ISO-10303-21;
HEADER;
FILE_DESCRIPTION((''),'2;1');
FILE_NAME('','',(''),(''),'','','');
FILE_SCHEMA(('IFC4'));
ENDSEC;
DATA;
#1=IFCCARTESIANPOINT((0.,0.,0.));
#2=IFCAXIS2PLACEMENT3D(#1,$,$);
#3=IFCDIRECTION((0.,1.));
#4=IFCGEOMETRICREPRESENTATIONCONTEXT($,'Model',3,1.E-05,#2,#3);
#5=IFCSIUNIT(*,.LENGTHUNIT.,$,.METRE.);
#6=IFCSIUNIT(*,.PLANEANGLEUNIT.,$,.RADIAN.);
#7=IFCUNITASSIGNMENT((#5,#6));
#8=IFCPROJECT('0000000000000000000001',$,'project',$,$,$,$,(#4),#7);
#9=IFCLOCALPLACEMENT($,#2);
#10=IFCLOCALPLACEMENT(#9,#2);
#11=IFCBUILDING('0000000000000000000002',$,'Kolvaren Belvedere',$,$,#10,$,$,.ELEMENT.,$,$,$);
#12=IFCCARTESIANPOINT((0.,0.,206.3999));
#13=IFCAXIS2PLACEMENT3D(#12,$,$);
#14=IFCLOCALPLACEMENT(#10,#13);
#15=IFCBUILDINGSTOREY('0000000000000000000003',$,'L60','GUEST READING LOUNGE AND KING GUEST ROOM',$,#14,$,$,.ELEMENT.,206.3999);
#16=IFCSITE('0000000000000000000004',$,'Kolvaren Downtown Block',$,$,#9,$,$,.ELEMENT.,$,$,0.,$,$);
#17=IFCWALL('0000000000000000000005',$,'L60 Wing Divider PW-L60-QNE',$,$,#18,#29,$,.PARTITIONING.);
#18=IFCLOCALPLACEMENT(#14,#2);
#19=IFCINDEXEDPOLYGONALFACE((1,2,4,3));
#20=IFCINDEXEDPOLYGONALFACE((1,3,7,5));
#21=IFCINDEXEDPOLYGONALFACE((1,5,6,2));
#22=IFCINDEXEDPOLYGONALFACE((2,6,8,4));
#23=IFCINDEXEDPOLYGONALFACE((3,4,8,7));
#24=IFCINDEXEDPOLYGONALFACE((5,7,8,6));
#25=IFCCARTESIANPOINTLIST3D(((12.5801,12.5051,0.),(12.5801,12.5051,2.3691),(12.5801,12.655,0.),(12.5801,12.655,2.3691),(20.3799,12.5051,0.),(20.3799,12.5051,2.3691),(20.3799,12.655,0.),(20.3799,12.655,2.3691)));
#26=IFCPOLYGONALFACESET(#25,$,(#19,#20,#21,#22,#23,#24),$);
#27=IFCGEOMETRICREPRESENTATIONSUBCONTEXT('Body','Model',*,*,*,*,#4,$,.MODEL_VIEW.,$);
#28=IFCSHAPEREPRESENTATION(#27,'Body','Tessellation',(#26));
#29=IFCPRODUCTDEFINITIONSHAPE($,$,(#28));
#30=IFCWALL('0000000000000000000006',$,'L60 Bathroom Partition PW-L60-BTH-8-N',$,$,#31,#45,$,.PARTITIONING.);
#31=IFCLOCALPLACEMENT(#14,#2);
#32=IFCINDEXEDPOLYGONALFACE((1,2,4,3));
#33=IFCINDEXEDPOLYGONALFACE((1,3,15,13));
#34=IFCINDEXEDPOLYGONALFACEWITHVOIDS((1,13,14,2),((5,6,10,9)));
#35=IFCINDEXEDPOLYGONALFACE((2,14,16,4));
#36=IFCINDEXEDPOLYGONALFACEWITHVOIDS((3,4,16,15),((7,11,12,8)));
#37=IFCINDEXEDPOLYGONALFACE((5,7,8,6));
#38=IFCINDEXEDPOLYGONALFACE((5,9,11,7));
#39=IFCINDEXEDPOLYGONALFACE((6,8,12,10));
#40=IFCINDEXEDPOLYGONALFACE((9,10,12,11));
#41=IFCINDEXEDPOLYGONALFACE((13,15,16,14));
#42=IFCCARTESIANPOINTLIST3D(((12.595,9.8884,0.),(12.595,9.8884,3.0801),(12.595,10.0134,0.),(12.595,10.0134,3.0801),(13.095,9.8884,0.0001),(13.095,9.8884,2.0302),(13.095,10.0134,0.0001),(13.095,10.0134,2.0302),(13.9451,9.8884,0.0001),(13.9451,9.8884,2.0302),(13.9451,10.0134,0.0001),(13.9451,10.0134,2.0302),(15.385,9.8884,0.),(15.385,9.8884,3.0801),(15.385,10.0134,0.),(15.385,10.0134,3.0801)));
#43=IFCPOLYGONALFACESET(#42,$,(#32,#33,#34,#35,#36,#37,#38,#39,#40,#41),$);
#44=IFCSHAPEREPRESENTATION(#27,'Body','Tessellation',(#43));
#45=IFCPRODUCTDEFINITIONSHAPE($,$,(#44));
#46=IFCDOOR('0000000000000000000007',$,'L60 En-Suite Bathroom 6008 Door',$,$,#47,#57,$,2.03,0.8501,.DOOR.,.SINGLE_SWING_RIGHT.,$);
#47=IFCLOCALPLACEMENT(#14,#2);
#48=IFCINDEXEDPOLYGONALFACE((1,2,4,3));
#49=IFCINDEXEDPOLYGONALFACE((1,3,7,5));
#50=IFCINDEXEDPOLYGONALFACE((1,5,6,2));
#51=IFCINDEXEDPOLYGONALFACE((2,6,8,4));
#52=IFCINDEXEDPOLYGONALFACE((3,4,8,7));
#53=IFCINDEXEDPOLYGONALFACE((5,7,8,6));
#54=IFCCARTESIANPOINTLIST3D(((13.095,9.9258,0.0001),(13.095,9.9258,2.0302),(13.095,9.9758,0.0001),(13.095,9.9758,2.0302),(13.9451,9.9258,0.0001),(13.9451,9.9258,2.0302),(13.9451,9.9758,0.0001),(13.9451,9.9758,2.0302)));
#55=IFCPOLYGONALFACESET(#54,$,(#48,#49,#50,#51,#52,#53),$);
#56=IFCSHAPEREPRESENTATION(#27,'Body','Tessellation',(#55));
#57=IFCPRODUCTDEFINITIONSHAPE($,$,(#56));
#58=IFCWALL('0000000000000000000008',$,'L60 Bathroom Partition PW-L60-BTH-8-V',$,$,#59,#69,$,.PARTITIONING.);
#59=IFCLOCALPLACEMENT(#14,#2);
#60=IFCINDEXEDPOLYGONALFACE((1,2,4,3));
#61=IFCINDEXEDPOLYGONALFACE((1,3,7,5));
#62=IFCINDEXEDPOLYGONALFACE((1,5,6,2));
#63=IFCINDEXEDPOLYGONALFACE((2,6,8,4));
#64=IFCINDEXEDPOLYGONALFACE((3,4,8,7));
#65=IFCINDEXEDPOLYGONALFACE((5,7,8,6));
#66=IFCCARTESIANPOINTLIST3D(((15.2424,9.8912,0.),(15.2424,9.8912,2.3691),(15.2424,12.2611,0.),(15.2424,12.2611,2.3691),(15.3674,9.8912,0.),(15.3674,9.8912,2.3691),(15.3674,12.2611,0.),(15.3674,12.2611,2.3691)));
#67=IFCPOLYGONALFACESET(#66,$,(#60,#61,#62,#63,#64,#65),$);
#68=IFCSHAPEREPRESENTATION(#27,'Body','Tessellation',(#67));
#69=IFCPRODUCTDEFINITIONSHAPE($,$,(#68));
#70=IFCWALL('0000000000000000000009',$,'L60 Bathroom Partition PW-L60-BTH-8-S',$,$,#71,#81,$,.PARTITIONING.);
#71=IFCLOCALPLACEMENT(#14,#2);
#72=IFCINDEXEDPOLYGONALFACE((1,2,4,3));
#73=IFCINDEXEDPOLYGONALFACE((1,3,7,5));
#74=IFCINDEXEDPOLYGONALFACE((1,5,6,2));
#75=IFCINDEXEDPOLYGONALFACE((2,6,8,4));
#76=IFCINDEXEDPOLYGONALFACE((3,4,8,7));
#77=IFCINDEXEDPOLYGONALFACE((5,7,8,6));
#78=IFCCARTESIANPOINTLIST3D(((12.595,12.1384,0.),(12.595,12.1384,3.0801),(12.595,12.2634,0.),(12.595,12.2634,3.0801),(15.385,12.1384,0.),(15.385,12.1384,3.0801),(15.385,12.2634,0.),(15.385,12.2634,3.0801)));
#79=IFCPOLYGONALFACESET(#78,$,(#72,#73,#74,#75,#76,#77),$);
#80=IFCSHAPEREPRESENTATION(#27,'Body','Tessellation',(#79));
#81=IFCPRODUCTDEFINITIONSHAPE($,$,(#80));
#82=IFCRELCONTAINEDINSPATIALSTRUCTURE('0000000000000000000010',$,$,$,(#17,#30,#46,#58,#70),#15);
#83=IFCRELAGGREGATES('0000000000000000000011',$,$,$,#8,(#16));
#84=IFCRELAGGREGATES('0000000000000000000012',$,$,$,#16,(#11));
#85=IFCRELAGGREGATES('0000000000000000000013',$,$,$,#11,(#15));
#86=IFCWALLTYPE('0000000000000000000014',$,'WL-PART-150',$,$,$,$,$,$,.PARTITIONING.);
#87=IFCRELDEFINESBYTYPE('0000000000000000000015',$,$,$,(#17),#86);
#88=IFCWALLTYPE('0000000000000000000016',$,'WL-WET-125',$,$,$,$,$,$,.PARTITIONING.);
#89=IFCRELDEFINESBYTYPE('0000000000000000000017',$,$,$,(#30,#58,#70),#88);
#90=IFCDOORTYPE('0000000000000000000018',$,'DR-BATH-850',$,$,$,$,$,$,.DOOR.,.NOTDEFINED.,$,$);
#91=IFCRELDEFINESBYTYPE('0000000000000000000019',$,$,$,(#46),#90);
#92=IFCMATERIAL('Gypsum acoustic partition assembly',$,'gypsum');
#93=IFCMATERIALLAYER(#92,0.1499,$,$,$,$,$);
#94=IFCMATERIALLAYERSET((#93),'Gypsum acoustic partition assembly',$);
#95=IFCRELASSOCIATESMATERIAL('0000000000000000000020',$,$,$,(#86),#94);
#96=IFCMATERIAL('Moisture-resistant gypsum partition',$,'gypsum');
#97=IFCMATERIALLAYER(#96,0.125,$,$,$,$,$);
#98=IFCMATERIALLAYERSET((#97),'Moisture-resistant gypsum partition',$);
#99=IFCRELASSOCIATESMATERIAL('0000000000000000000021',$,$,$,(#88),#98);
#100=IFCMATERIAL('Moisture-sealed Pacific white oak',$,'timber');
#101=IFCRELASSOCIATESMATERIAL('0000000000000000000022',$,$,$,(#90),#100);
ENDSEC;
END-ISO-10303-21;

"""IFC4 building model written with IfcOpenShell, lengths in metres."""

from ifc_helpers import new_model, si_unit, direction, frame, frame_2d, origin, place, context, subcontext, project, spatial, rectangle, extrude, material, layer, layer_set, type_object, element, fill, save


model = new_model("IFC4")

# Units and contexts
model_context = context("Model", 3, precision=1e-05, world=origin(), true_north=direction((0.0, 1.0)))
body_context = subcontext(model_context, "Body", "Model", "MODEL_VIEW")
ifc_project = project(units=[si_unit("LENGTHUNIT", "METRE"), si_unit("PLANEANGLEUNIT", "RADIAN")], contexts=[model_context])

# Site, building, storey
site_placement = place(None, origin())
site = spatial("IfcSite", under=ifc_project, at=site_placement, Name="Kolvaren Downtown Block", CompositionType="ELEMENT", RefElevation=0.0)
building_placement = place(site_placement, origin())
building = spatial("IfcBuilding", under=site, at=building_placement, Name="Kolvaren Belvedere", CompositionType="ELEMENT")
storey_placement = place(building_placement, frame((0.0, 0.0, 206.3999)))
storey = spatial("IfcBuildingStorey", under=building, at=storey_placement, Name="L60", Description="GUEST READING LOUNGE AND KING GUEST ROOM", CompositionType="ELEMENT", Elevation=206.3999)

# Wall
ifc_material_1 = material(Name="Gypsum acoustic partition assembly", Category="gypsum")
ifc_layer_1 = layer(ifc_material_1, 0.1499)
ifc_layer_set_1 = layer_set([ifc_layer_1], Name="Gypsum acoustic partition assembly")
wall_type_1 = type_object("IfcWallType", Name="WL-PART-150", PredefinedType="PARTITIONING", material=ifc_layer_set_1)
wall_1_placement = place(storey_placement, frame((12.5801, 12.5801, 0.0), z_axis=(0.0, 0.0, 1.0), x_axis=(1.0, 0.0, 0.0)))
element("IfcWall", 1, at=wall_1_placement, inside=storey, type_object=wall_type_1, Name="L60 Wing Divider PW-L60-QNE", PredefinedType="PARTITIONING", context=body_context, shape_type="SweptSolid", body=[
    extrude(rectangle(XDim=7.7998, YDim=0.1499, at=frame_2d((3.8999, 0.0))), origin(), (0.0, 0.0, 1.0), 2.3691),
])

# Wall, opening, door
ifc_material_2 = material(Name="Moisture-resistant gypsum partition", Category="gypsum")
ifc_layer_2 = layer(ifc_material_2, 0.125)
ifc_layer_set_2 = layer_set([ifc_layer_2], Name="Moisture-resistant gypsum partition")
wall_type_2 = type_object("IfcWallType", Name="WL-WET-125", PredefinedType="PARTITIONING", material=ifc_layer_set_2)
wall_2_placement = place(storey_placement, frame((12.595, 9.9509, 0.0), z_axis=(0.0, 0.0, 1.0), x_axis=(1.0, 0.0, 0.0)))
wall_2 = element("IfcWall", 2, at=wall_2_placement, inside=storey, type_object=wall_type_2, Name="L60 Bathroom Partition PW-L60-BTH-8-N", PredefinedType="PARTITIONING", context=body_context, shape_type="SweptSolid", body=[
    extrude(rectangle(XDim=2.79, YDim=0.125, at=frame_2d((1.395, 0.0))), origin(), (0.0, 0.0, 1.0), 3.0801),
])
opening_1_placement = place(wall_2_placement, frame((0.5, 0.0, 0.0)))
opening_1 = element("IfcOpeningElement", 3, at=opening_1_placement, cuts=wall_2, PredefinedType="OPENING", context=body_context, shape_type="SweptSolid", body=[
    extrude(rectangle(XDim=0.8501, YDim=2.03, at=frame_2d((0.425, 1.0151))), frame((0.0, 0.0725, 0.0), z_axis=(0.0, -1.0, 0.0), x_axis=(1.0, 0.0, 0.0)), (0.0, 0.0, 1.0), 0.145),
])
ifc_material_3 = material(Name="Moisture-sealed Pacific white oak", Category="timber")
door_type = type_object("IfcDoorType", Name="DR-BATH-850", OperationType="NOTDEFINED", PredefinedType="DOOR", material=ifc_material_3)
door_placement = place(opening_1_placement, origin())
door = element("IfcDoor", 4, at=door_placement, inside=storey, type_object=door_type, Name="L60 En-Suite Bathroom 6008 Door", OperationType="SINGLE_SWING_RIGHT", OverallHeight=2.03, OverallWidth=0.8501, PredefinedType="DOOR", context=body_context, shape_type="SweptSolid", body=[
    extrude(rectangle(XDim=0.8501, YDim=2.03, at=frame_2d((0.425, 1.0151))), frame((0.0, 0.0249, 0.0), z_axis=(0.0, -1.0, 0.0), x_axis=(1.0, 0.0, 0.0)), (0.0, 0.0, 1.0), 0.05),
])
fill(opening_1, door)

# Walls
wall_3_placement = place(storey_placement, frame((15.3049, 9.8911, 0.0), z_axis=(0.0, 0.0, 1.0), x_axis=(0.0, 1.0, 0.0)))
element("IfcWall", 5, at=wall_3_placement, inside=storey, type_object=wall_type_2, Name="L60 Bathroom Partition PW-L60-BTH-8-V", PredefinedType="PARTITIONING", context=body_context, shape_type="SweptSolid", body=[
    extrude(rectangle(XDim=2.3699, YDim=0.125, at=frame_2d((1.1851, 0.0))), origin(), (0.0, 0.0, 1.0), 2.3691),
])
wall_4_placement = place(storey_placement, frame((12.595, 12.2009, 0.0), z_axis=(0.0, 0.0, 1.0), x_axis=(1.0, 0.0, 0.0)))
element("IfcWall", 6, at=wall_4_placement, inside=storey, type_object=wall_type_2, Name="L60 Bathroom Partition PW-L60-BTH-8-S", PredefinedType="PARTITIONING", context=body_context, shape_type="SweptSolid", body=[
    extrude(rectangle(XDim=2.79, YDim=0.125, at=frame_2d((1.395, 0.0))), origin(), (0.0, 0.0, 1.0), 3.0801),
])

save(model, "model.ifc")
